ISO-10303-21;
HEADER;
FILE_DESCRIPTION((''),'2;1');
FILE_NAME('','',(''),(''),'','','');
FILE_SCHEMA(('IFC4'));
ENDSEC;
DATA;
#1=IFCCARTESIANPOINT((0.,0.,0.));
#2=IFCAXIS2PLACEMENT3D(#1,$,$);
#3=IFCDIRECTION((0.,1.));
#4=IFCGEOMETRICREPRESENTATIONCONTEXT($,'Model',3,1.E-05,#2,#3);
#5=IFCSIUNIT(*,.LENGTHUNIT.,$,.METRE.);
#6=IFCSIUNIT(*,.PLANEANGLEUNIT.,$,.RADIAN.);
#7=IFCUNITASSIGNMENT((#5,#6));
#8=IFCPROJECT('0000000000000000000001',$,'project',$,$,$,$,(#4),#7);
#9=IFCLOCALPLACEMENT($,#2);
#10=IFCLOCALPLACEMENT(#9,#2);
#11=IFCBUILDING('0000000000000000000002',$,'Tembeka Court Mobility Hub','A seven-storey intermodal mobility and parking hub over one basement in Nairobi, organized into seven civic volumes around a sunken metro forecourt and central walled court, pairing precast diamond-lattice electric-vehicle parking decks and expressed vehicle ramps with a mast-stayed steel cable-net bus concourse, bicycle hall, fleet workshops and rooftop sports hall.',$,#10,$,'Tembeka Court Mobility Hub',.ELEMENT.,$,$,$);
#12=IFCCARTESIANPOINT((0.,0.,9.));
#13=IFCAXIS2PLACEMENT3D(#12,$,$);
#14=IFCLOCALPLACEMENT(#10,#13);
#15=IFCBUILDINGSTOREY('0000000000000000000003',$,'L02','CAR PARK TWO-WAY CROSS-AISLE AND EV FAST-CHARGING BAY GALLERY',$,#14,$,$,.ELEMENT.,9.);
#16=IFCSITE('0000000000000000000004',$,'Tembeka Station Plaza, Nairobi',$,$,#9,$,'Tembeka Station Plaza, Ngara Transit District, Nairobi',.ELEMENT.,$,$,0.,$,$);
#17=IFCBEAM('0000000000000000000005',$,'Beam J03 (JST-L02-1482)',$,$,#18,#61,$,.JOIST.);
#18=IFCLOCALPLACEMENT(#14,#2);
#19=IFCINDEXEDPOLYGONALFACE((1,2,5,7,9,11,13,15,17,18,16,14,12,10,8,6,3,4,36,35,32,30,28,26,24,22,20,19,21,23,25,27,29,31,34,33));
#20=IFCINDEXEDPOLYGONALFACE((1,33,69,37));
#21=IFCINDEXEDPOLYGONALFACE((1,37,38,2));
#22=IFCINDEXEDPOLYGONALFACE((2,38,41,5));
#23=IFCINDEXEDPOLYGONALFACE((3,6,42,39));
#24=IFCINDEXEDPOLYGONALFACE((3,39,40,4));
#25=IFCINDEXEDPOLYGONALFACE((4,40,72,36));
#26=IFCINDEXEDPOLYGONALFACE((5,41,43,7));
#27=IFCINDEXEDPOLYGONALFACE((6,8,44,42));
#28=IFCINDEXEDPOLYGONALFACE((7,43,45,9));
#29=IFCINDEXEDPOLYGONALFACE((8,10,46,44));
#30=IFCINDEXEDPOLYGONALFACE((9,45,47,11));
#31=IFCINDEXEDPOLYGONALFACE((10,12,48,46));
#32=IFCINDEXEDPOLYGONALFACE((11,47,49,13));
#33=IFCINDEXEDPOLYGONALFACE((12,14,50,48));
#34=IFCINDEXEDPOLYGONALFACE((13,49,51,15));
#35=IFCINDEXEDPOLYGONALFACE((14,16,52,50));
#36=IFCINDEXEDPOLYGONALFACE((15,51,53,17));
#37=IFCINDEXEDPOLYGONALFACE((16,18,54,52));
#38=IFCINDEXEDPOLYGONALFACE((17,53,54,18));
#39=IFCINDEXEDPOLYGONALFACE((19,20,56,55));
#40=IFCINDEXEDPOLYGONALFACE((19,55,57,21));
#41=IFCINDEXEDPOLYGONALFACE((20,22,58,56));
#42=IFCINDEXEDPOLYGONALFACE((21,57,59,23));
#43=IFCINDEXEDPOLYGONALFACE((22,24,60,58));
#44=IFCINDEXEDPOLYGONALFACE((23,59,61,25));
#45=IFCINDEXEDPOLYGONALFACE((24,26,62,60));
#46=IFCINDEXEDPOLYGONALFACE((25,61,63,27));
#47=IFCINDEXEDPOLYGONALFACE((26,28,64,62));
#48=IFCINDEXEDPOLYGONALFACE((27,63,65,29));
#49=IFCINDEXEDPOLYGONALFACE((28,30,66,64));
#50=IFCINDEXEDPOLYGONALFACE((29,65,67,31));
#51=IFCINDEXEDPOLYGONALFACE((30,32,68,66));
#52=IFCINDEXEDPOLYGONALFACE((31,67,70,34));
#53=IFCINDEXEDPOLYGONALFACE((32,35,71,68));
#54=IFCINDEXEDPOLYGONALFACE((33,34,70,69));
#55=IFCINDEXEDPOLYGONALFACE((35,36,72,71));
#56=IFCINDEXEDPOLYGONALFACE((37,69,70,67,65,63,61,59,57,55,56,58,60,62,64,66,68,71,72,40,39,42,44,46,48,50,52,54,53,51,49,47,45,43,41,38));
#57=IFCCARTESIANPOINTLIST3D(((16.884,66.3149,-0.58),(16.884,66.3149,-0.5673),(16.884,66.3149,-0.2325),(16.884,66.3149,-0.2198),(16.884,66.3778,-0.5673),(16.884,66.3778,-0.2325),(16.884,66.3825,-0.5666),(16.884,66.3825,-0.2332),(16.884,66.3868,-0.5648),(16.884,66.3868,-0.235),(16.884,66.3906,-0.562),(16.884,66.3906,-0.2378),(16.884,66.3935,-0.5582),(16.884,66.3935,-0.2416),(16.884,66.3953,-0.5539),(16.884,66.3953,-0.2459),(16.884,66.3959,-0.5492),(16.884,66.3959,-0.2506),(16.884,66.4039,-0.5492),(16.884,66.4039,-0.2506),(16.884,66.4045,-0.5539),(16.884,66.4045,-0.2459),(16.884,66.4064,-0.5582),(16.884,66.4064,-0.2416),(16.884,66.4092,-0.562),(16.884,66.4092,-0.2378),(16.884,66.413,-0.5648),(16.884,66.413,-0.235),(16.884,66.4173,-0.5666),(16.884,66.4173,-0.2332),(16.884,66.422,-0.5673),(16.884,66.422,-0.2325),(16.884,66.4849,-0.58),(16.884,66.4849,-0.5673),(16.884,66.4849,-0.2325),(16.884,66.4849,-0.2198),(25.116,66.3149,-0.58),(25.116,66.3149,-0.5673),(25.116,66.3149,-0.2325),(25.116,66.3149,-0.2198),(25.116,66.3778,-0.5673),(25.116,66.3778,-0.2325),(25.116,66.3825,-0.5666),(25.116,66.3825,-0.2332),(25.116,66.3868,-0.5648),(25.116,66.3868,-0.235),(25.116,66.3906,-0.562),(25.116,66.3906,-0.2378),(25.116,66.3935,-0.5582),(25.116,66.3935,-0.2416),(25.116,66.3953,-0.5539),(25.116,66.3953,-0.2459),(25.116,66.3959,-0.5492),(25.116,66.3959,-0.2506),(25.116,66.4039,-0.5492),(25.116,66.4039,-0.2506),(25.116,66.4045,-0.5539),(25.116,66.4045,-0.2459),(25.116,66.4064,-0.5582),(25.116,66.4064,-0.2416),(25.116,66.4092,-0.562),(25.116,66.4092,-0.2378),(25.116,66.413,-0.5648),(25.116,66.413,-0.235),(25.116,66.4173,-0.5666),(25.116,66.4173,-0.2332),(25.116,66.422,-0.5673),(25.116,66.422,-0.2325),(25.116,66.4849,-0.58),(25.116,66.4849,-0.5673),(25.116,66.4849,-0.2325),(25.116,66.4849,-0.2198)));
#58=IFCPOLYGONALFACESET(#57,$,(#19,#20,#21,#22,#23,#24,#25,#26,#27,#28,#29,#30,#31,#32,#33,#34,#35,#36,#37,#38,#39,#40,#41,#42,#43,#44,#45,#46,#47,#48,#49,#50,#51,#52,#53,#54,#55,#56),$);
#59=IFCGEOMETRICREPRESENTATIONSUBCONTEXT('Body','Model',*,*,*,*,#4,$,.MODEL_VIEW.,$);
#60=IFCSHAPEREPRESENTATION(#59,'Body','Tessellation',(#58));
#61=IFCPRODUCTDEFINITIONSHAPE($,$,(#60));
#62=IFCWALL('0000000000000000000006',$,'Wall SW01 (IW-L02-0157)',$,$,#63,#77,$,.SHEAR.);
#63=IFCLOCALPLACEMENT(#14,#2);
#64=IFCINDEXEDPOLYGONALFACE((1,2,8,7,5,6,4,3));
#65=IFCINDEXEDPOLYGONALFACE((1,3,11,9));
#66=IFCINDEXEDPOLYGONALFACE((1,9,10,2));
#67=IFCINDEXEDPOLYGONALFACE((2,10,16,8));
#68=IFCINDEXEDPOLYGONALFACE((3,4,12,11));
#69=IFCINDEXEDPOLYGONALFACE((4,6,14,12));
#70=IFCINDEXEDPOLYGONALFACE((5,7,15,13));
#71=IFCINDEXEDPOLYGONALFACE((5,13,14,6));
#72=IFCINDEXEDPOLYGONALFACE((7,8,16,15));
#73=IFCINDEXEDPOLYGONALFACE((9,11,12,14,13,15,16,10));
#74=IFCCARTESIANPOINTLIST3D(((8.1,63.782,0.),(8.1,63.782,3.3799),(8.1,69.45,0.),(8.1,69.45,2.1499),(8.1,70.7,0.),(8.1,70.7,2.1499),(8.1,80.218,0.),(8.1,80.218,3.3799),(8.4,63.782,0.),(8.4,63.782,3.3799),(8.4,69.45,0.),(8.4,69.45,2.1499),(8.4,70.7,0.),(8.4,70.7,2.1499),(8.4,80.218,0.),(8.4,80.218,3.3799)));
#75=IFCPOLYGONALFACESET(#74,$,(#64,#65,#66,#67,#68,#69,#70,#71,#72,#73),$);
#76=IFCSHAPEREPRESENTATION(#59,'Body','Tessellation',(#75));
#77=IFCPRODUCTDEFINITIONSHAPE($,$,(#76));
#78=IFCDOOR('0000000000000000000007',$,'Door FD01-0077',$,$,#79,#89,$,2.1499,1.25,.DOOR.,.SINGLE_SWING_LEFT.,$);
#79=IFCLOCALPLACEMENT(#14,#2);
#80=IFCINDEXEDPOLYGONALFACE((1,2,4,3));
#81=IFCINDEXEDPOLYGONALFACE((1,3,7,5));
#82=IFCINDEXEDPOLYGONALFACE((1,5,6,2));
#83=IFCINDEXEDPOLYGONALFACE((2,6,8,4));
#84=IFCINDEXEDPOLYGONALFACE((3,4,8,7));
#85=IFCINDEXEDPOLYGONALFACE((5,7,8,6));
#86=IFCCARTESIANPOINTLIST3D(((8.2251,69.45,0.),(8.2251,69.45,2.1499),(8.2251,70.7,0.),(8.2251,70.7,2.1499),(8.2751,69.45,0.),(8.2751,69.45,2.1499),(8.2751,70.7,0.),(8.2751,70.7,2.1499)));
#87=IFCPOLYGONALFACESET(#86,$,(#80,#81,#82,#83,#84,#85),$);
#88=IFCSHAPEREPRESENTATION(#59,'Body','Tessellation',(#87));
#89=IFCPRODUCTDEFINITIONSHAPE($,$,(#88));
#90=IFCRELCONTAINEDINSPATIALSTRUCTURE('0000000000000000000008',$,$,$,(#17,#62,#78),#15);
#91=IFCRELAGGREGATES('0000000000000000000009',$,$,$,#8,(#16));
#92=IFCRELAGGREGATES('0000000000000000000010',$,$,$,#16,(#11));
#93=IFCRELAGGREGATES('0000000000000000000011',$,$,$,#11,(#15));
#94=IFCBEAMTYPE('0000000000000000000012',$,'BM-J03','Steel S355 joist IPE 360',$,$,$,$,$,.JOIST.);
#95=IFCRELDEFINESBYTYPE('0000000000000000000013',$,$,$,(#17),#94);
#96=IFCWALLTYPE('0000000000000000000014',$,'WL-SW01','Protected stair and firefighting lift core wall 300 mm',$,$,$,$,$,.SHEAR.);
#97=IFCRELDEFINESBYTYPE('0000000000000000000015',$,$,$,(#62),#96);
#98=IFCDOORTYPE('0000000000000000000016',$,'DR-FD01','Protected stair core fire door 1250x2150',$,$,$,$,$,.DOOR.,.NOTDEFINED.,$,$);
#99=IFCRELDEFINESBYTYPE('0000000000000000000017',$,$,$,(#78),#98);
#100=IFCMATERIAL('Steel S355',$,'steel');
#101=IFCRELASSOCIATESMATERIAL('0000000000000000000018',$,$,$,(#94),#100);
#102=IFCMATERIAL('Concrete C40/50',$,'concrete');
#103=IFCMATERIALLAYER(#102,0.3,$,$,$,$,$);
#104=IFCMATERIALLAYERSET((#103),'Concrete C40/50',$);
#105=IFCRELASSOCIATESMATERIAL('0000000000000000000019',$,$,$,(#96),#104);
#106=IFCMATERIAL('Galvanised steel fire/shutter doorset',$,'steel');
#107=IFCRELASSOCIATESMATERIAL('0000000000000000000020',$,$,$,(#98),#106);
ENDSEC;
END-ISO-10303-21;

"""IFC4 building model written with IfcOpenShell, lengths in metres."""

from ifc_helpers import new_model, si_unit, direction, frame, frame_2d, origin, origin_2d, place, context, subcontext, project, spatial, rectangle, i_section, extrude, material, layer, layer_set, material_profile, profile_set, type_object, element, fill, save


model = new_model("IFC4")

# Units and contexts
model_context = context("Model", 3, precision=1e-05, world=origin(), true_north=direction((0.0, 1.0)))
body_context = subcontext(model_context, "Body", "Model", "MODEL_VIEW")
ifc_project = project(units=[si_unit("LENGTHUNIT", "METRE"), si_unit("PLANEANGLEUNIT", "RADIAN")], contexts=[model_context])

# Site, building, storey
site_placement = place(None, origin())
site = spatial("IfcSite", under=ifc_project, at=site_placement, Name="Tembeka Station Plaza, Nairobi", LongName="Tembeka Station Plaza, Ngara Transit District, Nairobi", CompositionType="ELEMENT", RefElevation=0.0)
building_placement = place(site_placement, origin())
building = spatial("IfcBuilding", under=site, at=building_placement, Name="Tembeka Court Mobility Hub", Description="A seven-storey intermodal mobility and parking hub over one basement in Nairobi, organized into seven civic volumes around a sunken metro forecourt and central walled court, pairing precast diamond-lattice electric-vehicle parking decks and expressed vehicle ramps with a mast-stayed steel cable-net bus concourse, bicycle hall, fleet workshops and rooftop sports hall.", LongName="Tembeka Court Mobility Hub", CompositionType="ELEMENT")
storey_placement = place(building_placement, frame((0.0, 0.0, 9.0)))
storey = spatial("IfcBuildingStorey", under=building, at=storey_placement, Name="L02", Description="CAR PARK TWO-WAY CROSS-AISLE AND EV FAST-CHARGING BAY GALLERY", CompositionType="ELEMENT", Elevation=9.0)

# Shared definitions
ifc_material_1 = material(Name="Steel S355", Category="steel")

# Beam
ifc_material_profile_1 = material_profile(ifc_material_1, i_section(OverallWidth=0.1699, OverallDepth=0.3601, WebThickness=0.0081, FlangeThickness=0.0127, FilletRadius=0.0181, at=origin_2d()), Name="IPE 360")
ifc_profile_set_1 = profile_set([ifc_material_profile_1], Name="Steel S355")
beam_type_1 = type_object("IfcBeamType", Name="BM-J03", Description="Steel S355 joist IPE 360", PredefinedType="JOIST", material=ifc_profile_set_1)
for number, where, z_axis, x_axis, name in (
    (1, (16.884, 66.3999, -0.3999), (1.0, 0.0, 0.0), (0.0, 1.0, 0.0), "Beam J03 (JST-L02-1482)"),
):
    element("IfcBeam", number, at=place(storey_placement, frame(where, z_axis=z_axis, x_axis=x_axis)), inside=storey, type_object=beam_type_1, Name=name, PredefinedType="JOIST", context=body_context, shape_type="SweptSolid", body=[
        extrude(i_section(OverallWidth=0.1699, OverallDepth=0.3601, WebThickness=0.0081, FlangeThickness=0.0127, FilletRadius=0.0181, at=origin_2d()), origin(), (0.0, 0.0, 1.0), 8.2319),
    ])

# Wall, opening, door
ifc_material_2 = material(Name="Concrete C40/50", Category="concrete")
ifc_layer = layer(ifc_material_2, 0.3)
ifc_layer_set = layer_set([ifc_layer], Name="Concrete C40/50")
wall_type = type_object("IfcWallType", Name="WL-SW01", Description="Protected stair and firefighting lift core wall 300 mm", PredefinedType="SHEAR", material=ifc_layer_set)
wall_placement = place(storey_placement, frame((8.25, 63.782, 0.0), z_axis=(0.0, 0.0, 1.0), x_axis=(0.0, 1.0, 0.0)))
wall = element("IfcWall", 2, at=wall_placement, inside=storey, type_object=wall_type, Name="Wall SW01 (IW-L02-0157)", PredefinedType="SHEAR", context=body_context, shape_type="SweptSolid", body=[
    extrude(rectangle(XDim=16.436, YDim=0.3, at=frame_2d((8.218, 0.0))), origin(), (0.0, 0.0, 1.0), 3.3799),
])
opening_placement = place(wall_placement, frame((5.668, 0.0, 0.0)))
opening = element("IfcOpeningElement", 3, at=opening_placement, cuts=wall, PredefinedType="OPENING", context=body_context, shape_type="SweptSolid", body=[
    extrude(rectangle(XDim=1.25, YDim=2.1499, at=frame_2d((0.625, 1.075))), frame((0.0, 0.1602, 0.0), z_axis=(0.0, -1.0, 0.0), x_axis=(1.0, 0.0, 0.0)), (0.0, 0.0, 1.0), 0.3201),
])
ifc_material_3 = material(Name="Galvanised steel fire/shutter doorset", Category="steel")
door_type = type_object("IfcDoorType", Name="DR-FD01", Description="Protected stair core fire door 1250x2150", OperationType="NOTDEFINED", PredefinedType="DOOR", material=ifc_material_3)
door_placement = place(opening_placement, origin())
door = element("IfcDoor", 4, at=door_placement, inside=storey, type_object=door_type, Name="Door FD01-0077", OperationType="SINGLE_SWING_LEFT", OverallHeight=2.1499, OverallWidth=1.25, PredefinedType="DOOR", context=body_context, shape_type="SweptSolid", body=[
    extrude(rectangle(XDim=1.25, YDim=2.1499, at=frame_2d((0.625, 1.075))), frame((0.0, 0.0249, 0.0), z_axis=(0.0, -1.0, 0.0), x_axis=(1.0, 0.0, 0.0)), (0.0, 0.0, 1.0), 0.05),
])
fill(opening, door)

save(model, "model.ifc")
